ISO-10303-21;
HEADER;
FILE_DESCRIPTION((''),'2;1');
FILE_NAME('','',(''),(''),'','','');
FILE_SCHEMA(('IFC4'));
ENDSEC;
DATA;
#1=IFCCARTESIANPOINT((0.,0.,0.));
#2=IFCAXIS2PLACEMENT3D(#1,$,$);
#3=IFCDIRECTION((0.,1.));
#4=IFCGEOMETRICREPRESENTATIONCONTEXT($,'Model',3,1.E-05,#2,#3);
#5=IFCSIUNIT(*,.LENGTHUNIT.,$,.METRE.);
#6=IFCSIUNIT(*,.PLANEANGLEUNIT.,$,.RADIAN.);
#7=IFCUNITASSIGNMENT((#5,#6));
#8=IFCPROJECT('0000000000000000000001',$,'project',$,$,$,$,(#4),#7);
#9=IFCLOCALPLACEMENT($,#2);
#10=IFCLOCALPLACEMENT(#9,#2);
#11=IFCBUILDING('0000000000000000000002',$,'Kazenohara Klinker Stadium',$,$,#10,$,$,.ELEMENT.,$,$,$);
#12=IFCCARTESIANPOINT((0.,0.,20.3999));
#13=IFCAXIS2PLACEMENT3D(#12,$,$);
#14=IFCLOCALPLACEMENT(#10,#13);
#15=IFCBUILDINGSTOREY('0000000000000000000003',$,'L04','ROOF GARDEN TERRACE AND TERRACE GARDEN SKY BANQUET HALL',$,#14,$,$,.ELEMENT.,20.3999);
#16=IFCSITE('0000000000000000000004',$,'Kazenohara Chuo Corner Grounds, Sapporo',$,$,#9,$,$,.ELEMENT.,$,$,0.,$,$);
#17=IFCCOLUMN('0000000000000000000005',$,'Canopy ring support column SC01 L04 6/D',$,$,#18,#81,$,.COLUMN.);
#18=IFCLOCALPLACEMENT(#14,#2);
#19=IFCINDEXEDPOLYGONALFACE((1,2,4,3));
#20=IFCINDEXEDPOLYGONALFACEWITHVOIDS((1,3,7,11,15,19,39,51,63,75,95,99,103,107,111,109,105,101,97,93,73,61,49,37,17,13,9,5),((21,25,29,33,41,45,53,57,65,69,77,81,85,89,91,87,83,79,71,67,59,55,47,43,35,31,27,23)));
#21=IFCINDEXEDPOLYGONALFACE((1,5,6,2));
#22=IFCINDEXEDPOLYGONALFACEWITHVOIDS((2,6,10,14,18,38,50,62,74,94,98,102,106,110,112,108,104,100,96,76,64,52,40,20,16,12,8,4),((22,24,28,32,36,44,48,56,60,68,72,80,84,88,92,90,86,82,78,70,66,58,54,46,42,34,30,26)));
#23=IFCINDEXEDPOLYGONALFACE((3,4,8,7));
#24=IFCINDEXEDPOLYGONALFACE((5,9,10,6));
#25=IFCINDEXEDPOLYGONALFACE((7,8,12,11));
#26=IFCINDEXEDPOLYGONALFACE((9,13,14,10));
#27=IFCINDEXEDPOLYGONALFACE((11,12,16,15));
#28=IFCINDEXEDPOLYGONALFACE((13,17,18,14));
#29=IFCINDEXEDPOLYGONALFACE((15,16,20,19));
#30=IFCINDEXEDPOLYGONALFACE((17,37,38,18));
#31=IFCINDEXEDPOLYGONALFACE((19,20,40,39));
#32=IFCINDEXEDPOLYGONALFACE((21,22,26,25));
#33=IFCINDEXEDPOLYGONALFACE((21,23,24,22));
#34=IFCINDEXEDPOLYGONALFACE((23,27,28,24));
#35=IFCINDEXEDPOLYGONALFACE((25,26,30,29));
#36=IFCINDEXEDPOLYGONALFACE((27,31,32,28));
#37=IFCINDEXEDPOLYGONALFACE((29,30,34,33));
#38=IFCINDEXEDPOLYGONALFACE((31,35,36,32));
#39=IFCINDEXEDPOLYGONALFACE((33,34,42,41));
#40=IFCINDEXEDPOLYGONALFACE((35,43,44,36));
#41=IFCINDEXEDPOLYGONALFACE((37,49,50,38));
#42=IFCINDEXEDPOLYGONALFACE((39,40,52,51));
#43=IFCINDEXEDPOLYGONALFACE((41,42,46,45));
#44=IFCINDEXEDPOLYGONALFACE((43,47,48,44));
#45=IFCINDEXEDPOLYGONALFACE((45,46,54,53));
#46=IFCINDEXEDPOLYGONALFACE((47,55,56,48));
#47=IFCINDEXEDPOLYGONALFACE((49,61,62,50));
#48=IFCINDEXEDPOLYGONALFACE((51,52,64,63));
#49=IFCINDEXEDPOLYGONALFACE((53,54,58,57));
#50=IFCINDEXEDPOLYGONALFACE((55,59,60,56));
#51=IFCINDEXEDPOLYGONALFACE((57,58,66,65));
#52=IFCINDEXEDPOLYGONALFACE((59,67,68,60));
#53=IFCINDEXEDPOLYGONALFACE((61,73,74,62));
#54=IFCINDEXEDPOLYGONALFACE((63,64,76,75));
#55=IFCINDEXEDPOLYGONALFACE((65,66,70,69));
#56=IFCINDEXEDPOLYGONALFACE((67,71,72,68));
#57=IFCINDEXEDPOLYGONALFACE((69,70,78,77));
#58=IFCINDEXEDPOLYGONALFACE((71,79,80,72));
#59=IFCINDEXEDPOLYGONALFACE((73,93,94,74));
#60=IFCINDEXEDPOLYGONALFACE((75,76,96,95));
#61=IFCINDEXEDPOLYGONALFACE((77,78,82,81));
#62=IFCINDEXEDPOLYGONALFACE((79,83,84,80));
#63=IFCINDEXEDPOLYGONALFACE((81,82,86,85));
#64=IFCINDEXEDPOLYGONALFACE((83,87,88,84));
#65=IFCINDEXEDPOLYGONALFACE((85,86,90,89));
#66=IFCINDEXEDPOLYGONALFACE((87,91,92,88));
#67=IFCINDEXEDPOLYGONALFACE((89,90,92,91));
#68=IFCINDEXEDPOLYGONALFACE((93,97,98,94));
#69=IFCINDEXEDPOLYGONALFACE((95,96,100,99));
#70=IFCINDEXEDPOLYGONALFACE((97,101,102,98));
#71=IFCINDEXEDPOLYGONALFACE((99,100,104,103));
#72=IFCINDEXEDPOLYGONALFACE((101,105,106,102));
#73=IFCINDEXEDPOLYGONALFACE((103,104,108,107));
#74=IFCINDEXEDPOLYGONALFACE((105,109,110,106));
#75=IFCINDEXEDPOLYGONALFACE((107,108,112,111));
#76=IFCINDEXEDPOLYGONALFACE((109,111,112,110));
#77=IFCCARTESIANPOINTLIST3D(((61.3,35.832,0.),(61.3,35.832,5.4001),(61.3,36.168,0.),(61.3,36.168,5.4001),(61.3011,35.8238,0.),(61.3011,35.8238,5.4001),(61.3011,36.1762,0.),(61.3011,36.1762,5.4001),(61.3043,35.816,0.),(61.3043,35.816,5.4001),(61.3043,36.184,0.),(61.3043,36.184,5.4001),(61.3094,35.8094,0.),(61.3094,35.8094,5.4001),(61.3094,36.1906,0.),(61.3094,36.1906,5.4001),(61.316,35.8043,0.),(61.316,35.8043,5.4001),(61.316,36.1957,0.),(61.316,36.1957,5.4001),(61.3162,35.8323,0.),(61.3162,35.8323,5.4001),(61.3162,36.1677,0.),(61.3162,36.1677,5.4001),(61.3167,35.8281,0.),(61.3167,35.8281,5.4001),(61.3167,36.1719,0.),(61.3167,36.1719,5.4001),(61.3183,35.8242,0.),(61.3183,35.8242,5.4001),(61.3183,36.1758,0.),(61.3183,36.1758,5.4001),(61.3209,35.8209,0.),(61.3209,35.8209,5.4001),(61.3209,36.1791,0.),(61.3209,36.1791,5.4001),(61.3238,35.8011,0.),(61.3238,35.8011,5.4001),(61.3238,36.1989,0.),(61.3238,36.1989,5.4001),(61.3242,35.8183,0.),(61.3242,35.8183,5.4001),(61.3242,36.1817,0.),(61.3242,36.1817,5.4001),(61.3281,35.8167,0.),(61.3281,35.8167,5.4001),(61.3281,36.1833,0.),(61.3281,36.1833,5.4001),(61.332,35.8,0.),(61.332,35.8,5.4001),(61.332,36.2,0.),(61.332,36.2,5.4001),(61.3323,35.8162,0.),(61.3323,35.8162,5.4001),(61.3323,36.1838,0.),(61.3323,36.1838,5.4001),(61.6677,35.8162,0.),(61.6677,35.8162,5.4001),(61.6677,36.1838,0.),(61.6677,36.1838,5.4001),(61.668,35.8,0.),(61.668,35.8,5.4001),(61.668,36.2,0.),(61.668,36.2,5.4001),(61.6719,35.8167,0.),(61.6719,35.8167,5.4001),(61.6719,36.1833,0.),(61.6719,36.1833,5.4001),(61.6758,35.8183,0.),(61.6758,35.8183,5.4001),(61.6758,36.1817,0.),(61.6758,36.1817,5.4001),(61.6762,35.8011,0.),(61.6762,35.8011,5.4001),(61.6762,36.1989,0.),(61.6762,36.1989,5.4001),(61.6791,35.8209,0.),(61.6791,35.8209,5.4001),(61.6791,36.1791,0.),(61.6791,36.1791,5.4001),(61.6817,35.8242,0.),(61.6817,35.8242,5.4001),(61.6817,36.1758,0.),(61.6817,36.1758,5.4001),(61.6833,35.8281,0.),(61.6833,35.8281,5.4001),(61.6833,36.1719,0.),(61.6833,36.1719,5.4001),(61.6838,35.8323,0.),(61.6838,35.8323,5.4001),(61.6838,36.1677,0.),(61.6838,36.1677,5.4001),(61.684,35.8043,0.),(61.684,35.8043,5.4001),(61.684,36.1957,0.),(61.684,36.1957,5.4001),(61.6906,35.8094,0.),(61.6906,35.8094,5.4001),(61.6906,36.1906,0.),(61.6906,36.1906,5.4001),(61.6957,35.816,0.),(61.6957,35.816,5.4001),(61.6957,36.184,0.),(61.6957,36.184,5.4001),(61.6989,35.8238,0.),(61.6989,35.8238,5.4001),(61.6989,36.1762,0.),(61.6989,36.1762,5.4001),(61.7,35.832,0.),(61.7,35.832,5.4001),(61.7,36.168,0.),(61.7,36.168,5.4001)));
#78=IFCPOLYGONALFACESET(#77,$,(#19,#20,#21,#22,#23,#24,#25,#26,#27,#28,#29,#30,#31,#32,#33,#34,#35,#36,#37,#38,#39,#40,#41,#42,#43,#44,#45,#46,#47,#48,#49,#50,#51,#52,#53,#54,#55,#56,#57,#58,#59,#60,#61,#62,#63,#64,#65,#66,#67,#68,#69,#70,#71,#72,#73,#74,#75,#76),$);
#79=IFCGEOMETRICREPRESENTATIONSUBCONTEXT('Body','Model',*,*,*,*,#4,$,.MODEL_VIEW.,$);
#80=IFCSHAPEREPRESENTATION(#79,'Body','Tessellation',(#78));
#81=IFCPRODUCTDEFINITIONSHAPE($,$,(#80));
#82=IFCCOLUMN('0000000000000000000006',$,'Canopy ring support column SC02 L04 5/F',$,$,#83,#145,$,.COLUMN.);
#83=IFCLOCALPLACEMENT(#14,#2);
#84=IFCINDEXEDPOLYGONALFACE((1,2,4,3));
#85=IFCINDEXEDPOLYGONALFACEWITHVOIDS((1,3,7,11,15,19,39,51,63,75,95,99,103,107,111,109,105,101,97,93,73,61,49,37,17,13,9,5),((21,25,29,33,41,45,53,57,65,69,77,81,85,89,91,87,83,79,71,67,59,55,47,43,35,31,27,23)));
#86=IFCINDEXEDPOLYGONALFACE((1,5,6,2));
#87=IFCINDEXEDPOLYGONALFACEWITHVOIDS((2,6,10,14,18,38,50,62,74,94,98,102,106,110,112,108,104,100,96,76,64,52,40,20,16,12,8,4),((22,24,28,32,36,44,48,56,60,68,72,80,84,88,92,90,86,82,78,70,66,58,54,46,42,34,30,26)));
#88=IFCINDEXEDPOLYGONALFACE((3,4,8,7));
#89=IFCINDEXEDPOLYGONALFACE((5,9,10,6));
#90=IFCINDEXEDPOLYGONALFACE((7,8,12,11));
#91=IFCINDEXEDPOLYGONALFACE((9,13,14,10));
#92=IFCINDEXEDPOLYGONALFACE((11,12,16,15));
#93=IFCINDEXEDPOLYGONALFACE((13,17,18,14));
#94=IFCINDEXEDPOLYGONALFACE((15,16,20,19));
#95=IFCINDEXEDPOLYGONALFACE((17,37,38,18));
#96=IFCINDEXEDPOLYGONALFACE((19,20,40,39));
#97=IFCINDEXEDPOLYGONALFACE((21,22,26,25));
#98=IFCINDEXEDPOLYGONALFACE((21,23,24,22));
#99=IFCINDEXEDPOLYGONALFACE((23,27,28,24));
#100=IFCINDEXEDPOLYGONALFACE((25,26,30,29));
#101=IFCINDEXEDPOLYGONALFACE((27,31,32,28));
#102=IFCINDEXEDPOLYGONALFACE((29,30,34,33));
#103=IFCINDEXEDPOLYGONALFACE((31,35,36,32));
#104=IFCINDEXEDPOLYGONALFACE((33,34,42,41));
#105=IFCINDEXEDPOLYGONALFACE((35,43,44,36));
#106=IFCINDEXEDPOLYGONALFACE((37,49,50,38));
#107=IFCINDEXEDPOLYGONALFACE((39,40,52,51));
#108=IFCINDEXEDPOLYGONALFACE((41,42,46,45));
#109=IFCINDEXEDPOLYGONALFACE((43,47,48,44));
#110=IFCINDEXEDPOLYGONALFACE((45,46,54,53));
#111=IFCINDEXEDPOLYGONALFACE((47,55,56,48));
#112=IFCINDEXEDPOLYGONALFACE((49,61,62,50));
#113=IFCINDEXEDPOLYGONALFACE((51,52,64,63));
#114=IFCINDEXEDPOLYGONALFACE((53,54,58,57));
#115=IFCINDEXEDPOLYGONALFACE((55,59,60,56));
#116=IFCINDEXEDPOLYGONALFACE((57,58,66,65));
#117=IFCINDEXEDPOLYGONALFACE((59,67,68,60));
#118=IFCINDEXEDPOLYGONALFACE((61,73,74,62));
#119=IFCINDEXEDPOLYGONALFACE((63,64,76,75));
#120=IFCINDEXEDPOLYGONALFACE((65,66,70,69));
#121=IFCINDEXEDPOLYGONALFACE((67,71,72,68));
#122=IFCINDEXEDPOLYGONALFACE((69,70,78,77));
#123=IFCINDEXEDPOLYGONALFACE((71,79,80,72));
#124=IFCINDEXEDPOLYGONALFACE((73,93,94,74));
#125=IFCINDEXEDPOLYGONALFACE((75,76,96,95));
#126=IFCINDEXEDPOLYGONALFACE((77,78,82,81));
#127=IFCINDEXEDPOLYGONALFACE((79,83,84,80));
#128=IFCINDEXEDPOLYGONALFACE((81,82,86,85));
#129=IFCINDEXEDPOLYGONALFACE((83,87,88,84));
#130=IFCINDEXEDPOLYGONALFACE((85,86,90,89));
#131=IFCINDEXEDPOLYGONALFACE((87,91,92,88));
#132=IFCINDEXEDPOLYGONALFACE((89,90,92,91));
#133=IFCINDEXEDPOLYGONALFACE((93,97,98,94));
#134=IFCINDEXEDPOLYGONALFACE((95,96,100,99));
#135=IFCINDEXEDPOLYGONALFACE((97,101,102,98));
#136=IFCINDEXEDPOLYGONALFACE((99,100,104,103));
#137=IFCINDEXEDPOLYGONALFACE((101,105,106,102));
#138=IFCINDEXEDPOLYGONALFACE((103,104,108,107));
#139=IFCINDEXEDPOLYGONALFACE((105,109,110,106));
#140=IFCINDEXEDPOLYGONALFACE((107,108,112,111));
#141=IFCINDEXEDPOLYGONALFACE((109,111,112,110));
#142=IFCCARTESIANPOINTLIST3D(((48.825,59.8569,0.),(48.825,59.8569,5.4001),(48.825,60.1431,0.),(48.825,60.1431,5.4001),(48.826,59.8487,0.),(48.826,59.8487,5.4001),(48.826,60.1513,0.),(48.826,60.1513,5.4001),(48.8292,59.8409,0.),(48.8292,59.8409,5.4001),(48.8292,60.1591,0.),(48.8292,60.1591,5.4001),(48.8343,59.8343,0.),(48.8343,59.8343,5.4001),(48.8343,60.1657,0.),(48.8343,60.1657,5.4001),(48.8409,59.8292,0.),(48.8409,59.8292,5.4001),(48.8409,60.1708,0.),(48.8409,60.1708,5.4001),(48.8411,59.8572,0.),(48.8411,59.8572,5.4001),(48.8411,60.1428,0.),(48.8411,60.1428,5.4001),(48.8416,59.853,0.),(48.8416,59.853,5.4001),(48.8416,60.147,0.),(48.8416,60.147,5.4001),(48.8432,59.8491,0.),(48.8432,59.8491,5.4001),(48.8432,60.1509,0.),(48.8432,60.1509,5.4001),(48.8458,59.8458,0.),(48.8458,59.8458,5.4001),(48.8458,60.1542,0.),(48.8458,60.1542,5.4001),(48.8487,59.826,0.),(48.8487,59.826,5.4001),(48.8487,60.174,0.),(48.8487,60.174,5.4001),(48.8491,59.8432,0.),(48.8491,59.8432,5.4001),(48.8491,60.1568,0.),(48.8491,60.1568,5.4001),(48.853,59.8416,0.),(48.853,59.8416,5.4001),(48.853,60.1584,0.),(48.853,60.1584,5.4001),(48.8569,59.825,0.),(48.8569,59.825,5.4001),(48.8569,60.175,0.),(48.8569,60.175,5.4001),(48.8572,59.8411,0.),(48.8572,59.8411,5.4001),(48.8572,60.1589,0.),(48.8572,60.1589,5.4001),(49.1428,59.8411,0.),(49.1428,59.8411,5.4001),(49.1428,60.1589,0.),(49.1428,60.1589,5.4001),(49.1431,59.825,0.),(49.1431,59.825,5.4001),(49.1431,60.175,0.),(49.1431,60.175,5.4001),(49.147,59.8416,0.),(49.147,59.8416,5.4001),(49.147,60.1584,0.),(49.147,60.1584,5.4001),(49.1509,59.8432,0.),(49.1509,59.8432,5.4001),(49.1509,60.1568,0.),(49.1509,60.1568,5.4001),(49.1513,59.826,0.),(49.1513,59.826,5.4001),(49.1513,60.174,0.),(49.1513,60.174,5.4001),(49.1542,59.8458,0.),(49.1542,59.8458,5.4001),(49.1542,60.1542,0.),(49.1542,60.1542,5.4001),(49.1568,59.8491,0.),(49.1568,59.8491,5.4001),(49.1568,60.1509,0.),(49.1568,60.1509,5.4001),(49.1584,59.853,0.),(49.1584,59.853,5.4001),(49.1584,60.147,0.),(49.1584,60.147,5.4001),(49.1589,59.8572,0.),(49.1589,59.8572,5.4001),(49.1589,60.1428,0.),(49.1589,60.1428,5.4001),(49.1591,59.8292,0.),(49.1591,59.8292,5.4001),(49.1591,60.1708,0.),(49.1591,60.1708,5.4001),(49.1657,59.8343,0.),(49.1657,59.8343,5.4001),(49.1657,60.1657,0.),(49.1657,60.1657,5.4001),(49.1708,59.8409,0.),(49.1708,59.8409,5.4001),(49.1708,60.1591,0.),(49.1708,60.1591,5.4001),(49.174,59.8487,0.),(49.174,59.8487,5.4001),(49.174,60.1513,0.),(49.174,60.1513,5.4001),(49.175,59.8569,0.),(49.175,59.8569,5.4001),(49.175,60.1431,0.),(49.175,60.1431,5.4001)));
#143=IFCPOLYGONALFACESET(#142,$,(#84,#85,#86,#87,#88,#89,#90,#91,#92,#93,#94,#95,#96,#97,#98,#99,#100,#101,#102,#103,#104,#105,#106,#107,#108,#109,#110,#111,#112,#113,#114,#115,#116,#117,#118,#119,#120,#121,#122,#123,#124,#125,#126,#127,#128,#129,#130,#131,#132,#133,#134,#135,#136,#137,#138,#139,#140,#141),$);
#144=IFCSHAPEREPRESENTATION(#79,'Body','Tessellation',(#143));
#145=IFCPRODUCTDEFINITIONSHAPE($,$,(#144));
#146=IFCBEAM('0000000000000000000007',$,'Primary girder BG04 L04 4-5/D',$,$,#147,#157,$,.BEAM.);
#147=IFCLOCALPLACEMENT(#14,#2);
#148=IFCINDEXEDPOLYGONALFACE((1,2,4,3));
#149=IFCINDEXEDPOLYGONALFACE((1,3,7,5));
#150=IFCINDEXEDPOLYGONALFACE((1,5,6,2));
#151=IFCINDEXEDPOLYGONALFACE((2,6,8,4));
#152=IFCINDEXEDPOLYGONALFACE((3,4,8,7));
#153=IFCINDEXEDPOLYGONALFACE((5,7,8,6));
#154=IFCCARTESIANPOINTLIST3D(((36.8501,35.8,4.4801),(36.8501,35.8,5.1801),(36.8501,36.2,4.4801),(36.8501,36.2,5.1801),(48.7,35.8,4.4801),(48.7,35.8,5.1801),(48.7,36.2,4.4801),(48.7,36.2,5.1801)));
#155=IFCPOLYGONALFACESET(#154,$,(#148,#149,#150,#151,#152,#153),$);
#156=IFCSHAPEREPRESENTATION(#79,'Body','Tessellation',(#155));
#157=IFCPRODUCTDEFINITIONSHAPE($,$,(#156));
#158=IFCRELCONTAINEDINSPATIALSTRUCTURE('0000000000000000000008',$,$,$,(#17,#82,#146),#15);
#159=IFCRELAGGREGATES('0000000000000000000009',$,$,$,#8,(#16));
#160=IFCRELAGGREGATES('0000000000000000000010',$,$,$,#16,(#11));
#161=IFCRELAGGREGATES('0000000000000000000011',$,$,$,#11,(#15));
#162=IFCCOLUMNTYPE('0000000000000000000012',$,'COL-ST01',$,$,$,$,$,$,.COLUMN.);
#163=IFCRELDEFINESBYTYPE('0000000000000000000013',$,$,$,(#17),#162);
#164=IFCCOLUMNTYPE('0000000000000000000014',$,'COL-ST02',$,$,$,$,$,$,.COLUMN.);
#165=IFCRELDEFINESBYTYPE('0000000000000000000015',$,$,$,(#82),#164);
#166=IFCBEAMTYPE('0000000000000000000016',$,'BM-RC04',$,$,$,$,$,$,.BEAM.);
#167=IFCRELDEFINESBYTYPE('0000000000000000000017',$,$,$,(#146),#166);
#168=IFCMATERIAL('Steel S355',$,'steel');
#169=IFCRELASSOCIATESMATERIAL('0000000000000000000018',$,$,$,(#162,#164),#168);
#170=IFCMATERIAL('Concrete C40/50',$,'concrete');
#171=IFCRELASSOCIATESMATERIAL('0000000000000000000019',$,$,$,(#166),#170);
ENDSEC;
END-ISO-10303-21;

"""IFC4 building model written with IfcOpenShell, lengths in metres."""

from ifc_helpers import new_model, si_unit, direction, frame, origin, origin_2d, place, context, subcontext, project, spatial, rectangle, hollow_rectangle, extrude, material, material_profile, profile_set, type_object, element, save


model = new_model("IFC4")

# Units and contexts
model_context = context("Model", 3, precision=1e-05, world=origin(), true_north=direction((0.0, 1.0)))
body_context = subcontext(model_context, "Body", "Model", "MODEL_VIEW")
ifc_project = project(units=[si_unit("LENGTHUNIT", "METRE"), si_unit("PLANEANGLEUNIT", "RADIAN")], contexts=[model_context])

# Site, building, storey
site_placement = place(None, origin())
site = spatial("IfcSite", under=ifc_project, at=site_placement, Name="Kazenohara Chuo Corner Grounds, Sapporo", CompositionType="ELEMENT", RefElevation=0.0)
building_placement = place(site_placement, origin())
building = spatial("IfcBuilding", under=site, at=building_placement, Name="Kazenohara Klinker Stadium", CompositionType="ELEMENT")
storey_placement = place(building_placement, frame((0.0, 0.0, 20.3999)))
storey = spatial("IfcBuildingStorey", under=building, at=storey_placement, Name="L04", Description="ROOF GARDEN TERRACE AND TERRACE GARDEN SKY BANQUET HALL", CompositionType="ELEMENT", Elevation=20.3999)

# Columns
ifc_material_1 = material(Name="Concrete C40/50", Category="concrete")
ifc_material_2 = material(Name="Steel S355", Category="steel")
ifc_material_profile_1 = material_profile(ifc_material_2, hollow_rectangle(XDim=0.3999, YDim=0.3999, WallThickness=0.0161, InnerFilletRadius=0.0161, OuterFilletRadius=0.032, at=origin_2d()), Name="SHS-400x400x16")
ifc_profile_set_1 = profile_set([ifc_material_profile_1], Name="Steel S355")
column_type_1 = type_object("IfcColumnType", Name="COL-ST01", PredefinedType="COLUMN", material=ifc_profile_set_1)
for number, where, z_axis, x_axis, name in (
    (1, (61.5, 36.0, 0.0), (0.0, 0.0, 1.0), (1.0, 0.0, 0.0), "Canopy ring support column SC01 L04 6/D"),
):
    element("IfcColumn", number, at=place(storey_placement, frame(where, z_axis=z_axis, x_axis=x_axis)), inside=storey, type_object=column_type_1, Name=name, PredefinedType="COLUMN", context=body_context, shape_type="SweptSolid", body=[
        extrude(hollow_rectangle(XDim=0.3999, YDim=0.3999, WallThickness=0.0161, InnerFilletRadius=0.0161, OuterFilletRadius=0.032, at=origin_2d()), origin(), (0.0, 0.0, 1.0), 5.4001),
    ])
ifc_material_profile_2 = material_profile(ifc_material_2, hollow_rectangle(XDim=0.3501, YDim=0.3501, WallThickness=0.0161, InnerFilletRadius=0.0161, OuterFilletRadius=0.032, at=origin_2d()), Name="SHS-350x350x16")
ifc_profile_set_2 = profile_set([ifc_material_profile_2], Name="Steel S355")
column_type_2 = type_object("IfcColumnType", Name="COL-ST02", PredefinedType="COLUMN", material=ifc_profile_set_2)
column_1_placement = place(storey_placement, frame((49.0, 60.0, 0.0), z_axis=(0.0, 0.0, 1.0), x_axis=(1.0, 0.0, 0.0)))
element("IfcColumn", 2, at=column_1_placement, inside=storey, type_object=column_type_2, Name="Canopy ring support column SC02 L04 5/F", PredefinedType="COLUMN", context=body_context, shape_type="SweptSolid", body=[
    extrude(hollow_rectangle(XDim=0.3501, YDim=0.3501, WallThickness=0.0161, InnerFilletRadius=0.0161, OuterFilletRadius=0.032, at=origin_2d()), origin(), (0.0, 0.0, 1.0), 5.4001),
])

# Beam
ifc_material_profile_3 = material_profile(ifc_material_1, rectangle(XDim=0.3999, YDim=0.7, at=origin_2d()), Name="RC-BM-400x700")
ifc_profile_set_3 = profile_set([ifc_material_profile_3], Name="Concrete C40/50")
beam_type_1 = type_object("IfcBeamType", Name="BM-RC04", PredefinedType="BEAM", material=ifc_profile_set_3)
beam_placement = place(storey_placement, frame((36.8501, 36.0, 4.8301), z_axis=(1.0, 0.0, 0.0), x_axis=(0.0, 1.0, 0.0)))
element("IfcBeam", 3, at=beam_placement, inside=storey, type_object=beam_type_1, Name="Primary girder BG04 L04 4-5/D", PredefinedType="BEAM", context=body_context, shape_type="SweptSolid", body=[
    extrude(rectangle(XDim=0.3999, YDim=0.7, at=origin_2d()), origin(), (0.0, 0.0, 1.0), 11.8499),
])

save(model, "model.ifc")
